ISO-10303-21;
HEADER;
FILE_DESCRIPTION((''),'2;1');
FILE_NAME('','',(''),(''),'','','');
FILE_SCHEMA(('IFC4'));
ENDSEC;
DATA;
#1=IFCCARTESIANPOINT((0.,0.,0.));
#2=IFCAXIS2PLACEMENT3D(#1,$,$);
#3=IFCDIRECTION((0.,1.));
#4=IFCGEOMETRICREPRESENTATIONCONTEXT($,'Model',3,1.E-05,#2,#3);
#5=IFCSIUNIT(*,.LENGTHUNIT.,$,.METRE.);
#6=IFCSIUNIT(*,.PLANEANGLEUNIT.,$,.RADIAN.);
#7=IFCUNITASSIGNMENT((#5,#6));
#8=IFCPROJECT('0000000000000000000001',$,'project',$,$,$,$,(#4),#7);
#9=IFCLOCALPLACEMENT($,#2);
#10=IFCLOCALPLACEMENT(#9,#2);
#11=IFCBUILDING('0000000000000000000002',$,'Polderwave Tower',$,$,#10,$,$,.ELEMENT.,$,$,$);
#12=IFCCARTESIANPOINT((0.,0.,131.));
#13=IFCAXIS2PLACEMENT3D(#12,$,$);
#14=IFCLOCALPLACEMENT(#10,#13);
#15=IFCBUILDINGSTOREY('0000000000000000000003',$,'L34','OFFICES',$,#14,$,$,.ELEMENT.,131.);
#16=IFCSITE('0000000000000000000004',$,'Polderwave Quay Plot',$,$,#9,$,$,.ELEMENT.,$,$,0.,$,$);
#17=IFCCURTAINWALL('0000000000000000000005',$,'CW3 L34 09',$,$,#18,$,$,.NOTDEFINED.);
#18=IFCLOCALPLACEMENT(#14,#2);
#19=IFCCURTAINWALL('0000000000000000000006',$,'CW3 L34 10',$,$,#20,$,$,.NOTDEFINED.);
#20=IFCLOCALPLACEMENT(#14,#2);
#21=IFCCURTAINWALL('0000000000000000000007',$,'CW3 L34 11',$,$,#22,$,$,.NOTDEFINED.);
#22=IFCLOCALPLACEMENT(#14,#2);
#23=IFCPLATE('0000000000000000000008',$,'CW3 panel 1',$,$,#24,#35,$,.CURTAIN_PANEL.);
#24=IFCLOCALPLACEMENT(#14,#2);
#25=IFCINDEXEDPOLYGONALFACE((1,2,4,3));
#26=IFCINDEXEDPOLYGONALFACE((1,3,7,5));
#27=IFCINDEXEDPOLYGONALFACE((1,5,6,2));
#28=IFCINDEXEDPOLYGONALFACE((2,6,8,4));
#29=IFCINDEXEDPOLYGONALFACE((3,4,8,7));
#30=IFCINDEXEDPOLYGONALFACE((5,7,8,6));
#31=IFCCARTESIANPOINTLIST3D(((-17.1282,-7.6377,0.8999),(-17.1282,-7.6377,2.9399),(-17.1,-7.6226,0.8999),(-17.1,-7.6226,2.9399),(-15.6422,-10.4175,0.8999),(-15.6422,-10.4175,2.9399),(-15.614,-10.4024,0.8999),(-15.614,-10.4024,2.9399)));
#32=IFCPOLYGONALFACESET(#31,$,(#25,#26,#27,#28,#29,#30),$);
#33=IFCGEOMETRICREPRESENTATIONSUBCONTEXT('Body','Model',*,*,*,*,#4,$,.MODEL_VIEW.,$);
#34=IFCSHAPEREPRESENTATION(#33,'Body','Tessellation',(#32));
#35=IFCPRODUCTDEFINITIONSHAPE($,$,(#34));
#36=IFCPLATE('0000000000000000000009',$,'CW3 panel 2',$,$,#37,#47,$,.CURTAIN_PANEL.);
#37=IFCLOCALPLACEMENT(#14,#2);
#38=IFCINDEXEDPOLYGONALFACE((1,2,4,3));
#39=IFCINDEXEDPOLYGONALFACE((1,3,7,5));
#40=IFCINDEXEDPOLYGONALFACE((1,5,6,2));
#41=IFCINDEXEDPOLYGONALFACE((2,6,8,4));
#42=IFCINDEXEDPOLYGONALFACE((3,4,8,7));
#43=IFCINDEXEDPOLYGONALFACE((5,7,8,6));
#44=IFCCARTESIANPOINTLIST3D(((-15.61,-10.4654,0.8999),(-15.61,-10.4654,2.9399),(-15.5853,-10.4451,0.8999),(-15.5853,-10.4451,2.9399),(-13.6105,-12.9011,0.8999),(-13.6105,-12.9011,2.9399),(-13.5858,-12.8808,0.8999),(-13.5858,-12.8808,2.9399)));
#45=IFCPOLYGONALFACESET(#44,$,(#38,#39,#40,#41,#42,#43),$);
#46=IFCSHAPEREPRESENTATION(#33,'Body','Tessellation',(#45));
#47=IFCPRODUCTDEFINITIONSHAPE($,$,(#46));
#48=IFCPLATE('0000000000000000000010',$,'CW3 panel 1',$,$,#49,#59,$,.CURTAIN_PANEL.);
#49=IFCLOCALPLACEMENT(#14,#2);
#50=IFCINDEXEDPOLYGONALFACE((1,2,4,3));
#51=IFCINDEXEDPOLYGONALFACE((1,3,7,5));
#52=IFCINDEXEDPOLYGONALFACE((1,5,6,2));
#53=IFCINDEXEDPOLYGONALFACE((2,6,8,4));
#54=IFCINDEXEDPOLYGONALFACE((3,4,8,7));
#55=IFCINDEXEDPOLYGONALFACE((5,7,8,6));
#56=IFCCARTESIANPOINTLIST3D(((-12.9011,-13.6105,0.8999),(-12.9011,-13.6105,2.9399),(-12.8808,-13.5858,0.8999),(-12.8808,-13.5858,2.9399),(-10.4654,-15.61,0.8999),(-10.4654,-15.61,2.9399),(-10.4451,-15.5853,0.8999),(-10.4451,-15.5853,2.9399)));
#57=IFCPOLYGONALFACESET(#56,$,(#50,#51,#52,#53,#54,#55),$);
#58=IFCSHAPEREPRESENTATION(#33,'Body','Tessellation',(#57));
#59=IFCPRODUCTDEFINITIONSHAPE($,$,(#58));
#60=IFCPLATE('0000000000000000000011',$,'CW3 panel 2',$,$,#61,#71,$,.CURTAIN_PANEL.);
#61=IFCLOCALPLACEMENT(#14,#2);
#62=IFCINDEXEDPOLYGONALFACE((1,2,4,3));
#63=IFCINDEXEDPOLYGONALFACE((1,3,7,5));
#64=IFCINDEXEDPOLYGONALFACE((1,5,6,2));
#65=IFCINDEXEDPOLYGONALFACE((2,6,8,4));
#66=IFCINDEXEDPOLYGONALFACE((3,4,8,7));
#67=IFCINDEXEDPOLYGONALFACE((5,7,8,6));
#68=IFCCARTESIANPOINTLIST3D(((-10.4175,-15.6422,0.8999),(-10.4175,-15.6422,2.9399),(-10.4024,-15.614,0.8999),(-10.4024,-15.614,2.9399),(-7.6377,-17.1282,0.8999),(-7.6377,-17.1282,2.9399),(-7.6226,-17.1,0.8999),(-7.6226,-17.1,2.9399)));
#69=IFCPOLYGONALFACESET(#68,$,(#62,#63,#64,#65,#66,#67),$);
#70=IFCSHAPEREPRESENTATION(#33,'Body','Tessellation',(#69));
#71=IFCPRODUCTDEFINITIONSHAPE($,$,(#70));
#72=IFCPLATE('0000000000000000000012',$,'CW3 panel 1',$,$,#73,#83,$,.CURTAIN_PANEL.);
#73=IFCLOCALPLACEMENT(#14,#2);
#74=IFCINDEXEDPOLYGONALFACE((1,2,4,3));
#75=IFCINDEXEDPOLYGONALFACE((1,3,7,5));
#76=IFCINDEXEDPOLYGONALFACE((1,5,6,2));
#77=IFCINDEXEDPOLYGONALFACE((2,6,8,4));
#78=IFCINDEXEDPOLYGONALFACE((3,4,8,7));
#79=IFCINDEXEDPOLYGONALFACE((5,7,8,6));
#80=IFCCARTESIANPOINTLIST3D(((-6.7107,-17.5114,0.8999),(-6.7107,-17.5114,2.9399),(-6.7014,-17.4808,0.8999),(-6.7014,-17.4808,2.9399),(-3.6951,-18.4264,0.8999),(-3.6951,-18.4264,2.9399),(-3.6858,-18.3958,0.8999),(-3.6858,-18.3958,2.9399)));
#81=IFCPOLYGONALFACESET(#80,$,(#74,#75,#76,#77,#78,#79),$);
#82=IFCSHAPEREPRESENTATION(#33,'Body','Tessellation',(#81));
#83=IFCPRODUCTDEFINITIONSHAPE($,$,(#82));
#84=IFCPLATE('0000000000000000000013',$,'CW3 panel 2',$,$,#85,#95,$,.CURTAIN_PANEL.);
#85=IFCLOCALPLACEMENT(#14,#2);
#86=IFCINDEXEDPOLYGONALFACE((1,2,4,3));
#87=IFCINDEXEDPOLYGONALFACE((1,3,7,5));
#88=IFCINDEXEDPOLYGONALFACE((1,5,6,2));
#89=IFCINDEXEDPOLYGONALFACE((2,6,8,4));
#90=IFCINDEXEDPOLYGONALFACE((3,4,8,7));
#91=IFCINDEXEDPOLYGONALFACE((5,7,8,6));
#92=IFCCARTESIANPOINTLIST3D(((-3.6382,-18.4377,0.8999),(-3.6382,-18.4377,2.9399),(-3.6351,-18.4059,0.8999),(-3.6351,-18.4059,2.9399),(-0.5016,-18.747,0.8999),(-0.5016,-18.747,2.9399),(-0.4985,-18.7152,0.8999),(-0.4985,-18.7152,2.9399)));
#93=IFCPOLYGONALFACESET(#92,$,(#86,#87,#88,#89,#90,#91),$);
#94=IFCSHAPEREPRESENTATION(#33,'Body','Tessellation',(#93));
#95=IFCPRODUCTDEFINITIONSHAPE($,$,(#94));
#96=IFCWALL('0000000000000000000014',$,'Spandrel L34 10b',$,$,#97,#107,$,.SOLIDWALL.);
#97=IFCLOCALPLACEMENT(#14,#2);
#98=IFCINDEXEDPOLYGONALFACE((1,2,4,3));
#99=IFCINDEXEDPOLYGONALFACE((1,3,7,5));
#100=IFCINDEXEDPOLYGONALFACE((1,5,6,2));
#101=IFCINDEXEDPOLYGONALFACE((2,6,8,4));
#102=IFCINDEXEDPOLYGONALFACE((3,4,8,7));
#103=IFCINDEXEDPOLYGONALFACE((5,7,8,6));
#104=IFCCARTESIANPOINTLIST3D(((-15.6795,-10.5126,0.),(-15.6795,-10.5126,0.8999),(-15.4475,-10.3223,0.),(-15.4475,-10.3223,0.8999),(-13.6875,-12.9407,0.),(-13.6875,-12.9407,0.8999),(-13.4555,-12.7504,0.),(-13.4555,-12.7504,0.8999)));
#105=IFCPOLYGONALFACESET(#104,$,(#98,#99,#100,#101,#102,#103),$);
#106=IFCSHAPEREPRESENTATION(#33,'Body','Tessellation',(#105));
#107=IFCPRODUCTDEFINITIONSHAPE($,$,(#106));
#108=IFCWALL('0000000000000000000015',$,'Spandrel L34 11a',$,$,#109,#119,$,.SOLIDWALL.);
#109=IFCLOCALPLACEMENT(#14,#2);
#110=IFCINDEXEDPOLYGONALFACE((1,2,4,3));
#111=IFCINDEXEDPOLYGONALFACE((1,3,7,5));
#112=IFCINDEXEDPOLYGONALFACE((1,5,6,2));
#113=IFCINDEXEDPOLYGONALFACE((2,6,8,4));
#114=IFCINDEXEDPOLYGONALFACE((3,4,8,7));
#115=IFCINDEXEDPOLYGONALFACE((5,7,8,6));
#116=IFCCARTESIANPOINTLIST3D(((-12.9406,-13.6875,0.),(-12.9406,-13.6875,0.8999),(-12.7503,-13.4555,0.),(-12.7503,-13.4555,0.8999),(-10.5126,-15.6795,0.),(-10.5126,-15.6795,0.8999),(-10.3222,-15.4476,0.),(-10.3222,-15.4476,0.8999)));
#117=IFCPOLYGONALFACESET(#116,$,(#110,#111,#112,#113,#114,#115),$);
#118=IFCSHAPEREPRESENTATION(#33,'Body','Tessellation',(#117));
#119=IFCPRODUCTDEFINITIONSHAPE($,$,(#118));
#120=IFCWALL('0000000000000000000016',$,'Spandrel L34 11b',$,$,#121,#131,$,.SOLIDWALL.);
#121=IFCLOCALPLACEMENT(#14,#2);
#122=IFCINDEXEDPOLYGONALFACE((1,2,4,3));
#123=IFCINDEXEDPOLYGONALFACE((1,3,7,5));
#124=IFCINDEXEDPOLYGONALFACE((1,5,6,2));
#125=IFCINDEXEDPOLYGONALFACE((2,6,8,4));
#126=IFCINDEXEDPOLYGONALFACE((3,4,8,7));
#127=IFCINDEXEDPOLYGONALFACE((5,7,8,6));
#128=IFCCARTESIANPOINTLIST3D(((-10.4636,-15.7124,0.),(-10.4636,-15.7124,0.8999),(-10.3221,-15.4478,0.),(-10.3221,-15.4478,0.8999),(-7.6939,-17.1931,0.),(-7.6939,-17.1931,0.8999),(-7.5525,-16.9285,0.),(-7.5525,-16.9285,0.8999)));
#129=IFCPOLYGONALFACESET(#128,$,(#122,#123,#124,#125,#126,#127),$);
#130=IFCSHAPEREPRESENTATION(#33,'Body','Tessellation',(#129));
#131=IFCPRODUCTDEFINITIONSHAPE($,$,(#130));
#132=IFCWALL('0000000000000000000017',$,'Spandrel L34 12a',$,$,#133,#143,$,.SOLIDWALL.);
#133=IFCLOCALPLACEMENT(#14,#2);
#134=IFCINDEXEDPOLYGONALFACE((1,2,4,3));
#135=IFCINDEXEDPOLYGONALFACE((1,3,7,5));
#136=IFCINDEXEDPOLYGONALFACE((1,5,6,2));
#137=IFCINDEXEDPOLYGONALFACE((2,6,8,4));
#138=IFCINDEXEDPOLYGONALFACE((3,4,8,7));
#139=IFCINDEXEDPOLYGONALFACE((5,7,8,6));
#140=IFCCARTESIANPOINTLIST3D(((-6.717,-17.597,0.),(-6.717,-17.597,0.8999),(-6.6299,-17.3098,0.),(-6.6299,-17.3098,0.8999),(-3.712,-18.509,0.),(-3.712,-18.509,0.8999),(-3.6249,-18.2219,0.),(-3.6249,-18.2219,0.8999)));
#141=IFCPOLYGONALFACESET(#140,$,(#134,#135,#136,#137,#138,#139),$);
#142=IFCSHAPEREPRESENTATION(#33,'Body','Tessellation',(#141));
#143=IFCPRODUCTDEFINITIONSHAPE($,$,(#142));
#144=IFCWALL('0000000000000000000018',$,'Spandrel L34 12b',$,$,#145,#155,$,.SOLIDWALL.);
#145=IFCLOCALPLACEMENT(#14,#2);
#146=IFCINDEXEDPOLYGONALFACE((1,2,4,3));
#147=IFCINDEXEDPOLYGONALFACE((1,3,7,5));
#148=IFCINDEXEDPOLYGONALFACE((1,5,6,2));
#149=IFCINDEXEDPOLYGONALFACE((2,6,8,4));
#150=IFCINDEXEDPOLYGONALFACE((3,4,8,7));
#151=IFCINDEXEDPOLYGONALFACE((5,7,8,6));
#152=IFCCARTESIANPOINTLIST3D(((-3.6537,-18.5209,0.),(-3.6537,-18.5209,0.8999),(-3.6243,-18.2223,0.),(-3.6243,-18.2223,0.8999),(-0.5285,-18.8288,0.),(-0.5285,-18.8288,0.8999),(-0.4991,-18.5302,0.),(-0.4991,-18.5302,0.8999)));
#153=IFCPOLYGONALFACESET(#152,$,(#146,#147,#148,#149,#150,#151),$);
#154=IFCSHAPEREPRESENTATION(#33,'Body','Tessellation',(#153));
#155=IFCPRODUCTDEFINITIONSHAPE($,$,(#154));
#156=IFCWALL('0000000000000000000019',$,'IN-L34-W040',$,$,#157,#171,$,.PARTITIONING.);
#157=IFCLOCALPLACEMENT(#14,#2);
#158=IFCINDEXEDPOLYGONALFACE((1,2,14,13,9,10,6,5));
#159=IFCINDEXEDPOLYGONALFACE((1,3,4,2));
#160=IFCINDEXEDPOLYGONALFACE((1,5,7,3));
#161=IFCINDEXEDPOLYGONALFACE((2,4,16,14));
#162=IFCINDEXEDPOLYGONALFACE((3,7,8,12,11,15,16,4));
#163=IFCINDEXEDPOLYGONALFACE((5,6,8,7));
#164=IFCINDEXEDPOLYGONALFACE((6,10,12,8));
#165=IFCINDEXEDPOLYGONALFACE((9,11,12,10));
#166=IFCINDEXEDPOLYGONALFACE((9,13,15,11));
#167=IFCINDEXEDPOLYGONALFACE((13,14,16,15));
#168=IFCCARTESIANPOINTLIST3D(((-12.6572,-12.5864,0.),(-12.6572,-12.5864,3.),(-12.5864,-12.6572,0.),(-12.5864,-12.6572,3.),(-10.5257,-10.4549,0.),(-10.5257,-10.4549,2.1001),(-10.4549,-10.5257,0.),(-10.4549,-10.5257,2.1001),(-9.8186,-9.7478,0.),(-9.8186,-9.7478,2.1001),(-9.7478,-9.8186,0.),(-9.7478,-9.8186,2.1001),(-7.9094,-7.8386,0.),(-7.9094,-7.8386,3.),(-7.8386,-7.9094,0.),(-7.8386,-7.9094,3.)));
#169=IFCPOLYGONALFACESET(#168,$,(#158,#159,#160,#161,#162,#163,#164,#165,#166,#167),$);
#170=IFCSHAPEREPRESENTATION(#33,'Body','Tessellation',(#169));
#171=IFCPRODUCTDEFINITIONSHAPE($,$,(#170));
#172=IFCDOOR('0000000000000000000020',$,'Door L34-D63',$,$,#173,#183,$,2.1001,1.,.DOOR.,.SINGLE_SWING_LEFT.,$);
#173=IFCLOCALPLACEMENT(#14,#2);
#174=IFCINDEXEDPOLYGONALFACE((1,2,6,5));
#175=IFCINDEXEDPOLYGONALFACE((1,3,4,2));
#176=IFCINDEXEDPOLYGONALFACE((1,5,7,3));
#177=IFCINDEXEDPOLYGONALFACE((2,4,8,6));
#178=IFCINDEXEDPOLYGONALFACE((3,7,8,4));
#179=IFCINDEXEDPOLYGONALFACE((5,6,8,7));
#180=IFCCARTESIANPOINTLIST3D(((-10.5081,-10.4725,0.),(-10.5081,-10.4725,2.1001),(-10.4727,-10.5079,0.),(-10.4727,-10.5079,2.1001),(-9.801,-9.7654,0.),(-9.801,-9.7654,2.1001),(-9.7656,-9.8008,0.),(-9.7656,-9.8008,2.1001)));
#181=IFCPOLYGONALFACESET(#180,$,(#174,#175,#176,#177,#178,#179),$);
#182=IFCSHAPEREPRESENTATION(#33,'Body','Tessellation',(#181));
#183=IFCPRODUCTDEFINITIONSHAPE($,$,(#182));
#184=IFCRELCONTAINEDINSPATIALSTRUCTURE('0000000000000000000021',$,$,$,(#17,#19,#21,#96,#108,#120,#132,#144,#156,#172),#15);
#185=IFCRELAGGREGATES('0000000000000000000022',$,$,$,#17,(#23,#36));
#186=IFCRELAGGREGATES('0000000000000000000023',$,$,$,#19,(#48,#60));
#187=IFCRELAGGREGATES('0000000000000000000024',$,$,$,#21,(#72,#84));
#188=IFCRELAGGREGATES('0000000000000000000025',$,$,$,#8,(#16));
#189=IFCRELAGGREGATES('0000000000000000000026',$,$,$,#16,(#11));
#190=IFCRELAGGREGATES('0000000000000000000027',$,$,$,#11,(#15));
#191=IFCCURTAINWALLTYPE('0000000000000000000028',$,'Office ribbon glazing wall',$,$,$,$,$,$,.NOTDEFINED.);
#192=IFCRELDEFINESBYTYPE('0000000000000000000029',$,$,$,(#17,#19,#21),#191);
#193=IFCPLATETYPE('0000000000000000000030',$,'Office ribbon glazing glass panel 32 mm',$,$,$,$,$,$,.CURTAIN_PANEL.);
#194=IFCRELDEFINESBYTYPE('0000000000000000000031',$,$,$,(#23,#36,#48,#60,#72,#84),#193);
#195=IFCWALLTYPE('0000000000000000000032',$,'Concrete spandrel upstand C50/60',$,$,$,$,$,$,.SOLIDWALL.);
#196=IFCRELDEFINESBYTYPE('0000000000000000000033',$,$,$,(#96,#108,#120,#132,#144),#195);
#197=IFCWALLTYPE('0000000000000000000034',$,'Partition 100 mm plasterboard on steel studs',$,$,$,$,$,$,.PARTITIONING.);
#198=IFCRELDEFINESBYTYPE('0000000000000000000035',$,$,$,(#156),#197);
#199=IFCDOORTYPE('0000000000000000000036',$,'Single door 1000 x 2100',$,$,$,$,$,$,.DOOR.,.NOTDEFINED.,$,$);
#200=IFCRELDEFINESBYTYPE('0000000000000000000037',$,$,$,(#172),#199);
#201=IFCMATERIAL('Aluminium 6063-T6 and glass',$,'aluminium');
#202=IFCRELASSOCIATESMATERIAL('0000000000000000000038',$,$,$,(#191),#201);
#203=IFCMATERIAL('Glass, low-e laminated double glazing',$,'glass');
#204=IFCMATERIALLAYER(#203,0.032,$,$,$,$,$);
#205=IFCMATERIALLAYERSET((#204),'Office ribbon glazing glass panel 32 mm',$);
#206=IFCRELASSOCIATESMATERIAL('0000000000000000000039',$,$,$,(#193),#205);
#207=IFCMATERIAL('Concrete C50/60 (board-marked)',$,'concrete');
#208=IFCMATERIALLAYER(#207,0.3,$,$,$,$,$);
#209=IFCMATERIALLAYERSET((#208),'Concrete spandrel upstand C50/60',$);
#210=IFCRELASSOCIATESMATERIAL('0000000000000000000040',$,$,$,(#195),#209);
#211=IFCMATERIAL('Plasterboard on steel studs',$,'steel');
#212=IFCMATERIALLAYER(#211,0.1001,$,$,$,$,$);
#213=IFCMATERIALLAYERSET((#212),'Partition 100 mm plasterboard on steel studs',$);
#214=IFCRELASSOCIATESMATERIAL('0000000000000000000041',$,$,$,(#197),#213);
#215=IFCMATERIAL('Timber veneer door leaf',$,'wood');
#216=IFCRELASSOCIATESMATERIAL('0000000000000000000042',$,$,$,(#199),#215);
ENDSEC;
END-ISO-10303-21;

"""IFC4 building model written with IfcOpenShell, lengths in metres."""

from ifc_helpers import new_model, si_unit, direction, frame, frame_2d, origin, origin_2d, place, context, subcontext, project, spatial, rectangle, extrude, material, layer, layer_set, type_object, element, fill, aggregate, save


model = new_model("IFC4")

# Units and contexts
model_context = context("Model", 3, precision=1e-05, world=origin(), true_north=direction((0.0, 1.0)))
body_context = subcontext(model_context, "Body", "Model", "MODEL_VIEW")
ifc_project = project(units=[si_unit("LENGTHUNIT", "METRE"), si_unit("PLANEANGLEUNIT", "RADIAN")], contexts=[model_context])

# Site, building, storey
site_placement = place(None, origin())
site = spatial("IfcSite", under=ifc_project, at=site_placement, Name="Polderwave Quay Plot", CompositionType="ELEMENT", RefElevation=0.0)
building_placement = place(site_placement, origin())
building = spatial("IfcBuilding", under=site, at=building_placement, Name="Polderwave Tower", CompositionType="ELEMENT")
storey_placement = place(building_placement, frame((0.0, 0.0, 131.0)))
storey = spatial("IfcBuildingStorey", under=building, at=storey_placement, Name="L34", Description="OFFICES", CompositionType="ELEMENT", Elevation=131.0)

# Curtain walls
ifc_material_1 = material(Name="Aluminium 6063-T6 and glass", Category="aluminium")
curtain_wall_type = type_object("IfcCurtainWallType", Name="Office ribbon glazing wall", PredefinedType="NOTDEFINED", material=ifc_material_1)
curtain_wall_1_placement = place(storey_placement, origin())
curtain_wall_1 = element("IfcCurtainWall", 1, at=curtain_wall_1_placement, inside=storey, type_object=curtain_wall_type, Name="CW3 L34 09", PredefinedType="NOTDEFINED")
curtain_wall_2_placement = place(storey_placement, origin())
curtain_wall_2 = element("IfcCurtainWall", 2, at=curtain_wall_2_placement, inside=storey, type_object=curtain_wall_type, Name="CW3 L34 10", PredefinedType="NOTDEFINED")
curtain_wall_3_placement = place(storey_placement, origin())
curtain_wall_3 = element("IfcCurtainWall", 3, at=curtain_wall_3_placement, inside=storey, type_object=curtain_wall_type, Name="CW3 L34 11", PredefinedType="NOTDEFINED")

# Plates
ifc_material_2 = material(Name="Glass, low-e laminated double glazing", Category="glass")
ifc_layer_1 = layer(ifc_material_2, 0.032)
ifc_layer_set_1 = layer_set([ifc_layer_1], Name="Office ribbon glazing glass panel 32 mm")
plate_type = type_object("IfcPlateType", Name="Office ribbon glazing glass panel 32 mm", PredefinedType="CURTAIN_PANEL", material=ifc_layer_set_1)
plate_1_placement = place(storey_placement, frame((-16.3711, -9.02, 0.8999), z_axis=(0.0, 0.0, 1.0), x_axis=(0.471454, -0.881891, 0.0)))
plate_1 = element("IfcPlate", 4, at=plate_1_placement, type_object=plate_type, Name="CW3 panel 1", PredefinedType="CURTAIN_PANEL", context=body_context, shape_type="SweptSolid", body=[
    extrude(rectangle(XDim=3.1521, YDim=0.032, at=origin_2d()), origin(), (0.0, 0.0, 1.0), 2.04),
])
plate_2_placement = place(storey_placement, frame((-14.5979, -11.6731, 0.8999), z_axis=(0.0, 0.0, 1.0), x_axis=(0.634505, -0.772919, 0.0)))
plate_2 = element("IfcPlate", 5, at=plate_2_placement, type_object=plate_type, Name="CW3 panel 2", PredefinedType="CURTAIN_PANEL", context=body_context, shape_type="SweptSolid", body=[
    extrude(rectangle(XDim=3.1514, YDim=0.032, at=origin_2d()), origin(), (0.0, 0.0, 1.0), 2.04),
])
aggregate(curtain_wall_1, [plate_1, plate_2])
plate_3_placement = place(storey_placement, frame((-11.6731, -14.5979, 0.8999), z_axis=(0.0, 0.0, 1.0), x_axis=(0.772919, -0.634505, 0.0)))
plate_3 = element("IfcPlate", 6, at=plate_3_placement, type_object=plate_type, Name="CW3 panel 1", PredefinedType="CURTAIN_PANEL", context=body_context, shape_type="SweptSolid", body=[
    extrude(rectangle(XDim=3.1514, YDim=0.032, at=origin_2d()), origin(), (0.0, 0.0, 1.0), 2.04),
])
plate_4_placement = place(storey_placement, frame((-9.02, -16.3711, 0.8999), z_axis=(0.0, 0.0, 1.0), x_axis=(0.881891, -0.471454, 0.0)))
plate_4 = element("IfcPlate", 7, at=plate_4_placement, type_object=plate_type, Name="CW3 panel 2", PredefinedType="CURTAIN_PANEL", context=body_context, shape_type="SweptSolid", body=[
    extrude(rectangle(XDim=3.1521, YDim=0.032, at=origin_2d()), origin(), (0.0, 0.0, 1.0), 2.04),
])
aggregate(curtain_wall_2, [plate_3, plate_4])
plate_5_placement = place(storey_placement, frame((-5.1982, -17.9536, 0.8999), z_axis=(0.0, 0.0, 1.0), x_axis=(0.956921, -0.290348, 0.0)))
plate_5 = element("IfcPlate", 8, at=plate_5_placement, type_object=plate_type, Name="CW3 panel 1", PredefinedType="CURTAIN_PANEL", context=body_context, shape_type="SweptSolid", body=[
    extrude(rectangle(XDim=3.1514, YDim=0.032, at=origin_2d()), origin(), (0.0, 0.0, 1.0), 2.04),
])
plate_6_placement = place(storey_placement, frame((-2.0684, -18.5764, 0.8999), z_axis=(0.0, 0.0, 1.0), x_axis=(0.995173, -0.098134, 0.0)))
plate_6 = element("IfcPlate", 9, at=plate_6_placement, type_object=plate_type, Name="CW3 panel 2", PredefinedType="CURTAIN_PANEL", context=body_context, shape_type="SweptSolid", body=[
    extrude(rectangle(XDim=3.1519, YDim=0.032, at=origin_2d()), origin(), (0.0, 0.0, 1.0), 2.04),
])
aggregate(curtain_wall_3, [plate_5, plate_6])

# Walls
ifc_material_3 = material(Name="Concrete C50/60 (board-marked)", Category="concrete")
ifc_layer_2 = layer(ifc_material_3, 0.3)
ifc_layer_set_2 = layer_set([ifc_layer_2], Name="Concrete spandrel upstand C50/60")
wall_type_1 = type_object("IfcWallType", Name="Concrete spandrel upstand C50/60", PredefinedType="SOLIDWALL", material=ifc_layer_set_2)
for number, where, z_axis, x_axis, name in (
    (10, (-15.5635, -10.4175, 0.0), (0.0, 0.0, 1.0), (0.63427, -0.773111, 0.0), "Spandrel L34 10b"),
    (11, (-12.8455, -13.5715, 0.0), (0.0, 0.0, 1.0), (0.773111, -0.63427, 0.0), "Spandrel L34 11a"),
    (12, (-10.3928, -15.5801, 0.0), (0.0, 0.0, 1.0), (0.881873, -0.471488, 0.0), "Spandrel L34 11b"),
):
    element("IfcWall", number, at=place(storey_placement, frame(where, z_axis=z_axis, x_axis=x_axis)), inside=storey, type_object=wall_type_1, Name=name, PredefinedType="SOLIDWALL", context=body_context, shape_type="SweptSolid", body=[
        extrude(rectangle(XDim=3.1406, YDim=0.3, at=frame_2d((1.5703, 0.0))), origin(), (0.0, 0.0, 1.0), 0.8999),
    ])
for number, where, z_axis, x_axis, name in (
    (13, (-6.6736, -17.4534, 0.0), (0.0, 0.0, 1.0), (0.956895, -0.290435, 0.0), "Spandrel L34 12a"),
    (14, (-3.6392, -18.3716, 0.0), (0.0, 0.0, 1.0), (0.995183, -0.098033, 0.0), "Spandrel L34 12b"),
):
    element("IfcWall", number, at=place(storey_placement, frame(where, z_axis=z_axis, x_axis=x_axis)), inside=storey, type_object=wall_type_1, Name=name, PredefinedType="SOLIDWALL", context=body_context, shape_type="SweptSolid", body=[
        extrude(rectangle(XDim=3.1404, YDim=0.3, at=frame_2d((1.5703, 0.0))), origin(), (0.0, 0.0, 1.0), 0.8999),
    ])

# Wall, opening, door
ifc_material_4 = material(Name="Plasterboard on steel studs", Category="steel")
ifc_layer_3 = layer(ifc_material_4, 0.1001)
ifc_layer_set_3 = layer_set([ifc_layer_3], Name="Partition 100 mm plasterboard on steel studs")
wall_type_2 = type_object("IfcWallType", Name="Partition 100 mm plasterboard on steel studs", PredefinedType="PARTITIONING", material=ifc_layer_set_3)
wall_1_placement = place(storey_placement, frame((-7.874, -7.874, 0.0), z_axis=(0.0, 0.0, 1.0), x_axis=(-0.707107, -0.707107, 0.0)))
wall_1 = element("IfcWall", 15, at=wall_1_placement, inside=storey, type_object=wall_type_2, Name="IN-L34-W040", PredefinedType="PARTITIONING", context=body_context, shape_type="SweptSolid", body=[
    extrude(rectangle(XDim=6.7144, YDim=0.1001, at=frame_2d((3.3572, 0.0))), origin(), (0.0, 0.0, 1.0), 3.0),
])
opening_1_placement = place(wall_1_placement, frame((2.7, 0.0, 0.0)))
opening_1 = element("IfcOpeningElement", 16, at=opening_1_placement, cuts=wall_1, PredefinedType="OPENING", context=body_context, shape_type="SweptSolid", body=[
    extrude(rectangle(XDim=1.0, YDim=2.1001, at=frame_2d((0.5, 1.05))), frame((0.0, 0.0601, 0.0), z_axis=(0.0, -1.0, 0.0), x_axis=(1.0, 0.0, 0.0)), (0.0, 0.0, 1.0), 0.1201),
])
ifc_material_5 = material(Name="Timber veneer door leaf", Category="wood")
door_type = type_object("IfcDoorType", Name="Single door 1000 x 2100", OperationType="NOTDEFINED", PredefinedType="DOOR", material=ifc_material_5)
door_1_placement = place(opening_1_placement, origin())
door_1 = element("IfcDoor", 17, at=door_1_placement, inside=storey, type_object=door_type, Name="Door L34-D63", OperationType="SINGLE_SWING_LEFT", OverallHeight=2.1001, OverallWidth=1.0, PredefinedType="DOOR", context=body_context, shape_type="SweptSolid", body=[
    extrude(rectangle(XDim=1.0, YDim=2.1001, at=frame_2d((0.5, 1.05))), frame((0.0, 0.0249, 0.0), z_axis=(0.0, -1.0, 0.0), x_axis=(1.0, 0.0, 0.0)), (0.0, 0.0, 1.0), 0.05),
])
fill(opening_1, door_1)

save(model, "model.ifc")
